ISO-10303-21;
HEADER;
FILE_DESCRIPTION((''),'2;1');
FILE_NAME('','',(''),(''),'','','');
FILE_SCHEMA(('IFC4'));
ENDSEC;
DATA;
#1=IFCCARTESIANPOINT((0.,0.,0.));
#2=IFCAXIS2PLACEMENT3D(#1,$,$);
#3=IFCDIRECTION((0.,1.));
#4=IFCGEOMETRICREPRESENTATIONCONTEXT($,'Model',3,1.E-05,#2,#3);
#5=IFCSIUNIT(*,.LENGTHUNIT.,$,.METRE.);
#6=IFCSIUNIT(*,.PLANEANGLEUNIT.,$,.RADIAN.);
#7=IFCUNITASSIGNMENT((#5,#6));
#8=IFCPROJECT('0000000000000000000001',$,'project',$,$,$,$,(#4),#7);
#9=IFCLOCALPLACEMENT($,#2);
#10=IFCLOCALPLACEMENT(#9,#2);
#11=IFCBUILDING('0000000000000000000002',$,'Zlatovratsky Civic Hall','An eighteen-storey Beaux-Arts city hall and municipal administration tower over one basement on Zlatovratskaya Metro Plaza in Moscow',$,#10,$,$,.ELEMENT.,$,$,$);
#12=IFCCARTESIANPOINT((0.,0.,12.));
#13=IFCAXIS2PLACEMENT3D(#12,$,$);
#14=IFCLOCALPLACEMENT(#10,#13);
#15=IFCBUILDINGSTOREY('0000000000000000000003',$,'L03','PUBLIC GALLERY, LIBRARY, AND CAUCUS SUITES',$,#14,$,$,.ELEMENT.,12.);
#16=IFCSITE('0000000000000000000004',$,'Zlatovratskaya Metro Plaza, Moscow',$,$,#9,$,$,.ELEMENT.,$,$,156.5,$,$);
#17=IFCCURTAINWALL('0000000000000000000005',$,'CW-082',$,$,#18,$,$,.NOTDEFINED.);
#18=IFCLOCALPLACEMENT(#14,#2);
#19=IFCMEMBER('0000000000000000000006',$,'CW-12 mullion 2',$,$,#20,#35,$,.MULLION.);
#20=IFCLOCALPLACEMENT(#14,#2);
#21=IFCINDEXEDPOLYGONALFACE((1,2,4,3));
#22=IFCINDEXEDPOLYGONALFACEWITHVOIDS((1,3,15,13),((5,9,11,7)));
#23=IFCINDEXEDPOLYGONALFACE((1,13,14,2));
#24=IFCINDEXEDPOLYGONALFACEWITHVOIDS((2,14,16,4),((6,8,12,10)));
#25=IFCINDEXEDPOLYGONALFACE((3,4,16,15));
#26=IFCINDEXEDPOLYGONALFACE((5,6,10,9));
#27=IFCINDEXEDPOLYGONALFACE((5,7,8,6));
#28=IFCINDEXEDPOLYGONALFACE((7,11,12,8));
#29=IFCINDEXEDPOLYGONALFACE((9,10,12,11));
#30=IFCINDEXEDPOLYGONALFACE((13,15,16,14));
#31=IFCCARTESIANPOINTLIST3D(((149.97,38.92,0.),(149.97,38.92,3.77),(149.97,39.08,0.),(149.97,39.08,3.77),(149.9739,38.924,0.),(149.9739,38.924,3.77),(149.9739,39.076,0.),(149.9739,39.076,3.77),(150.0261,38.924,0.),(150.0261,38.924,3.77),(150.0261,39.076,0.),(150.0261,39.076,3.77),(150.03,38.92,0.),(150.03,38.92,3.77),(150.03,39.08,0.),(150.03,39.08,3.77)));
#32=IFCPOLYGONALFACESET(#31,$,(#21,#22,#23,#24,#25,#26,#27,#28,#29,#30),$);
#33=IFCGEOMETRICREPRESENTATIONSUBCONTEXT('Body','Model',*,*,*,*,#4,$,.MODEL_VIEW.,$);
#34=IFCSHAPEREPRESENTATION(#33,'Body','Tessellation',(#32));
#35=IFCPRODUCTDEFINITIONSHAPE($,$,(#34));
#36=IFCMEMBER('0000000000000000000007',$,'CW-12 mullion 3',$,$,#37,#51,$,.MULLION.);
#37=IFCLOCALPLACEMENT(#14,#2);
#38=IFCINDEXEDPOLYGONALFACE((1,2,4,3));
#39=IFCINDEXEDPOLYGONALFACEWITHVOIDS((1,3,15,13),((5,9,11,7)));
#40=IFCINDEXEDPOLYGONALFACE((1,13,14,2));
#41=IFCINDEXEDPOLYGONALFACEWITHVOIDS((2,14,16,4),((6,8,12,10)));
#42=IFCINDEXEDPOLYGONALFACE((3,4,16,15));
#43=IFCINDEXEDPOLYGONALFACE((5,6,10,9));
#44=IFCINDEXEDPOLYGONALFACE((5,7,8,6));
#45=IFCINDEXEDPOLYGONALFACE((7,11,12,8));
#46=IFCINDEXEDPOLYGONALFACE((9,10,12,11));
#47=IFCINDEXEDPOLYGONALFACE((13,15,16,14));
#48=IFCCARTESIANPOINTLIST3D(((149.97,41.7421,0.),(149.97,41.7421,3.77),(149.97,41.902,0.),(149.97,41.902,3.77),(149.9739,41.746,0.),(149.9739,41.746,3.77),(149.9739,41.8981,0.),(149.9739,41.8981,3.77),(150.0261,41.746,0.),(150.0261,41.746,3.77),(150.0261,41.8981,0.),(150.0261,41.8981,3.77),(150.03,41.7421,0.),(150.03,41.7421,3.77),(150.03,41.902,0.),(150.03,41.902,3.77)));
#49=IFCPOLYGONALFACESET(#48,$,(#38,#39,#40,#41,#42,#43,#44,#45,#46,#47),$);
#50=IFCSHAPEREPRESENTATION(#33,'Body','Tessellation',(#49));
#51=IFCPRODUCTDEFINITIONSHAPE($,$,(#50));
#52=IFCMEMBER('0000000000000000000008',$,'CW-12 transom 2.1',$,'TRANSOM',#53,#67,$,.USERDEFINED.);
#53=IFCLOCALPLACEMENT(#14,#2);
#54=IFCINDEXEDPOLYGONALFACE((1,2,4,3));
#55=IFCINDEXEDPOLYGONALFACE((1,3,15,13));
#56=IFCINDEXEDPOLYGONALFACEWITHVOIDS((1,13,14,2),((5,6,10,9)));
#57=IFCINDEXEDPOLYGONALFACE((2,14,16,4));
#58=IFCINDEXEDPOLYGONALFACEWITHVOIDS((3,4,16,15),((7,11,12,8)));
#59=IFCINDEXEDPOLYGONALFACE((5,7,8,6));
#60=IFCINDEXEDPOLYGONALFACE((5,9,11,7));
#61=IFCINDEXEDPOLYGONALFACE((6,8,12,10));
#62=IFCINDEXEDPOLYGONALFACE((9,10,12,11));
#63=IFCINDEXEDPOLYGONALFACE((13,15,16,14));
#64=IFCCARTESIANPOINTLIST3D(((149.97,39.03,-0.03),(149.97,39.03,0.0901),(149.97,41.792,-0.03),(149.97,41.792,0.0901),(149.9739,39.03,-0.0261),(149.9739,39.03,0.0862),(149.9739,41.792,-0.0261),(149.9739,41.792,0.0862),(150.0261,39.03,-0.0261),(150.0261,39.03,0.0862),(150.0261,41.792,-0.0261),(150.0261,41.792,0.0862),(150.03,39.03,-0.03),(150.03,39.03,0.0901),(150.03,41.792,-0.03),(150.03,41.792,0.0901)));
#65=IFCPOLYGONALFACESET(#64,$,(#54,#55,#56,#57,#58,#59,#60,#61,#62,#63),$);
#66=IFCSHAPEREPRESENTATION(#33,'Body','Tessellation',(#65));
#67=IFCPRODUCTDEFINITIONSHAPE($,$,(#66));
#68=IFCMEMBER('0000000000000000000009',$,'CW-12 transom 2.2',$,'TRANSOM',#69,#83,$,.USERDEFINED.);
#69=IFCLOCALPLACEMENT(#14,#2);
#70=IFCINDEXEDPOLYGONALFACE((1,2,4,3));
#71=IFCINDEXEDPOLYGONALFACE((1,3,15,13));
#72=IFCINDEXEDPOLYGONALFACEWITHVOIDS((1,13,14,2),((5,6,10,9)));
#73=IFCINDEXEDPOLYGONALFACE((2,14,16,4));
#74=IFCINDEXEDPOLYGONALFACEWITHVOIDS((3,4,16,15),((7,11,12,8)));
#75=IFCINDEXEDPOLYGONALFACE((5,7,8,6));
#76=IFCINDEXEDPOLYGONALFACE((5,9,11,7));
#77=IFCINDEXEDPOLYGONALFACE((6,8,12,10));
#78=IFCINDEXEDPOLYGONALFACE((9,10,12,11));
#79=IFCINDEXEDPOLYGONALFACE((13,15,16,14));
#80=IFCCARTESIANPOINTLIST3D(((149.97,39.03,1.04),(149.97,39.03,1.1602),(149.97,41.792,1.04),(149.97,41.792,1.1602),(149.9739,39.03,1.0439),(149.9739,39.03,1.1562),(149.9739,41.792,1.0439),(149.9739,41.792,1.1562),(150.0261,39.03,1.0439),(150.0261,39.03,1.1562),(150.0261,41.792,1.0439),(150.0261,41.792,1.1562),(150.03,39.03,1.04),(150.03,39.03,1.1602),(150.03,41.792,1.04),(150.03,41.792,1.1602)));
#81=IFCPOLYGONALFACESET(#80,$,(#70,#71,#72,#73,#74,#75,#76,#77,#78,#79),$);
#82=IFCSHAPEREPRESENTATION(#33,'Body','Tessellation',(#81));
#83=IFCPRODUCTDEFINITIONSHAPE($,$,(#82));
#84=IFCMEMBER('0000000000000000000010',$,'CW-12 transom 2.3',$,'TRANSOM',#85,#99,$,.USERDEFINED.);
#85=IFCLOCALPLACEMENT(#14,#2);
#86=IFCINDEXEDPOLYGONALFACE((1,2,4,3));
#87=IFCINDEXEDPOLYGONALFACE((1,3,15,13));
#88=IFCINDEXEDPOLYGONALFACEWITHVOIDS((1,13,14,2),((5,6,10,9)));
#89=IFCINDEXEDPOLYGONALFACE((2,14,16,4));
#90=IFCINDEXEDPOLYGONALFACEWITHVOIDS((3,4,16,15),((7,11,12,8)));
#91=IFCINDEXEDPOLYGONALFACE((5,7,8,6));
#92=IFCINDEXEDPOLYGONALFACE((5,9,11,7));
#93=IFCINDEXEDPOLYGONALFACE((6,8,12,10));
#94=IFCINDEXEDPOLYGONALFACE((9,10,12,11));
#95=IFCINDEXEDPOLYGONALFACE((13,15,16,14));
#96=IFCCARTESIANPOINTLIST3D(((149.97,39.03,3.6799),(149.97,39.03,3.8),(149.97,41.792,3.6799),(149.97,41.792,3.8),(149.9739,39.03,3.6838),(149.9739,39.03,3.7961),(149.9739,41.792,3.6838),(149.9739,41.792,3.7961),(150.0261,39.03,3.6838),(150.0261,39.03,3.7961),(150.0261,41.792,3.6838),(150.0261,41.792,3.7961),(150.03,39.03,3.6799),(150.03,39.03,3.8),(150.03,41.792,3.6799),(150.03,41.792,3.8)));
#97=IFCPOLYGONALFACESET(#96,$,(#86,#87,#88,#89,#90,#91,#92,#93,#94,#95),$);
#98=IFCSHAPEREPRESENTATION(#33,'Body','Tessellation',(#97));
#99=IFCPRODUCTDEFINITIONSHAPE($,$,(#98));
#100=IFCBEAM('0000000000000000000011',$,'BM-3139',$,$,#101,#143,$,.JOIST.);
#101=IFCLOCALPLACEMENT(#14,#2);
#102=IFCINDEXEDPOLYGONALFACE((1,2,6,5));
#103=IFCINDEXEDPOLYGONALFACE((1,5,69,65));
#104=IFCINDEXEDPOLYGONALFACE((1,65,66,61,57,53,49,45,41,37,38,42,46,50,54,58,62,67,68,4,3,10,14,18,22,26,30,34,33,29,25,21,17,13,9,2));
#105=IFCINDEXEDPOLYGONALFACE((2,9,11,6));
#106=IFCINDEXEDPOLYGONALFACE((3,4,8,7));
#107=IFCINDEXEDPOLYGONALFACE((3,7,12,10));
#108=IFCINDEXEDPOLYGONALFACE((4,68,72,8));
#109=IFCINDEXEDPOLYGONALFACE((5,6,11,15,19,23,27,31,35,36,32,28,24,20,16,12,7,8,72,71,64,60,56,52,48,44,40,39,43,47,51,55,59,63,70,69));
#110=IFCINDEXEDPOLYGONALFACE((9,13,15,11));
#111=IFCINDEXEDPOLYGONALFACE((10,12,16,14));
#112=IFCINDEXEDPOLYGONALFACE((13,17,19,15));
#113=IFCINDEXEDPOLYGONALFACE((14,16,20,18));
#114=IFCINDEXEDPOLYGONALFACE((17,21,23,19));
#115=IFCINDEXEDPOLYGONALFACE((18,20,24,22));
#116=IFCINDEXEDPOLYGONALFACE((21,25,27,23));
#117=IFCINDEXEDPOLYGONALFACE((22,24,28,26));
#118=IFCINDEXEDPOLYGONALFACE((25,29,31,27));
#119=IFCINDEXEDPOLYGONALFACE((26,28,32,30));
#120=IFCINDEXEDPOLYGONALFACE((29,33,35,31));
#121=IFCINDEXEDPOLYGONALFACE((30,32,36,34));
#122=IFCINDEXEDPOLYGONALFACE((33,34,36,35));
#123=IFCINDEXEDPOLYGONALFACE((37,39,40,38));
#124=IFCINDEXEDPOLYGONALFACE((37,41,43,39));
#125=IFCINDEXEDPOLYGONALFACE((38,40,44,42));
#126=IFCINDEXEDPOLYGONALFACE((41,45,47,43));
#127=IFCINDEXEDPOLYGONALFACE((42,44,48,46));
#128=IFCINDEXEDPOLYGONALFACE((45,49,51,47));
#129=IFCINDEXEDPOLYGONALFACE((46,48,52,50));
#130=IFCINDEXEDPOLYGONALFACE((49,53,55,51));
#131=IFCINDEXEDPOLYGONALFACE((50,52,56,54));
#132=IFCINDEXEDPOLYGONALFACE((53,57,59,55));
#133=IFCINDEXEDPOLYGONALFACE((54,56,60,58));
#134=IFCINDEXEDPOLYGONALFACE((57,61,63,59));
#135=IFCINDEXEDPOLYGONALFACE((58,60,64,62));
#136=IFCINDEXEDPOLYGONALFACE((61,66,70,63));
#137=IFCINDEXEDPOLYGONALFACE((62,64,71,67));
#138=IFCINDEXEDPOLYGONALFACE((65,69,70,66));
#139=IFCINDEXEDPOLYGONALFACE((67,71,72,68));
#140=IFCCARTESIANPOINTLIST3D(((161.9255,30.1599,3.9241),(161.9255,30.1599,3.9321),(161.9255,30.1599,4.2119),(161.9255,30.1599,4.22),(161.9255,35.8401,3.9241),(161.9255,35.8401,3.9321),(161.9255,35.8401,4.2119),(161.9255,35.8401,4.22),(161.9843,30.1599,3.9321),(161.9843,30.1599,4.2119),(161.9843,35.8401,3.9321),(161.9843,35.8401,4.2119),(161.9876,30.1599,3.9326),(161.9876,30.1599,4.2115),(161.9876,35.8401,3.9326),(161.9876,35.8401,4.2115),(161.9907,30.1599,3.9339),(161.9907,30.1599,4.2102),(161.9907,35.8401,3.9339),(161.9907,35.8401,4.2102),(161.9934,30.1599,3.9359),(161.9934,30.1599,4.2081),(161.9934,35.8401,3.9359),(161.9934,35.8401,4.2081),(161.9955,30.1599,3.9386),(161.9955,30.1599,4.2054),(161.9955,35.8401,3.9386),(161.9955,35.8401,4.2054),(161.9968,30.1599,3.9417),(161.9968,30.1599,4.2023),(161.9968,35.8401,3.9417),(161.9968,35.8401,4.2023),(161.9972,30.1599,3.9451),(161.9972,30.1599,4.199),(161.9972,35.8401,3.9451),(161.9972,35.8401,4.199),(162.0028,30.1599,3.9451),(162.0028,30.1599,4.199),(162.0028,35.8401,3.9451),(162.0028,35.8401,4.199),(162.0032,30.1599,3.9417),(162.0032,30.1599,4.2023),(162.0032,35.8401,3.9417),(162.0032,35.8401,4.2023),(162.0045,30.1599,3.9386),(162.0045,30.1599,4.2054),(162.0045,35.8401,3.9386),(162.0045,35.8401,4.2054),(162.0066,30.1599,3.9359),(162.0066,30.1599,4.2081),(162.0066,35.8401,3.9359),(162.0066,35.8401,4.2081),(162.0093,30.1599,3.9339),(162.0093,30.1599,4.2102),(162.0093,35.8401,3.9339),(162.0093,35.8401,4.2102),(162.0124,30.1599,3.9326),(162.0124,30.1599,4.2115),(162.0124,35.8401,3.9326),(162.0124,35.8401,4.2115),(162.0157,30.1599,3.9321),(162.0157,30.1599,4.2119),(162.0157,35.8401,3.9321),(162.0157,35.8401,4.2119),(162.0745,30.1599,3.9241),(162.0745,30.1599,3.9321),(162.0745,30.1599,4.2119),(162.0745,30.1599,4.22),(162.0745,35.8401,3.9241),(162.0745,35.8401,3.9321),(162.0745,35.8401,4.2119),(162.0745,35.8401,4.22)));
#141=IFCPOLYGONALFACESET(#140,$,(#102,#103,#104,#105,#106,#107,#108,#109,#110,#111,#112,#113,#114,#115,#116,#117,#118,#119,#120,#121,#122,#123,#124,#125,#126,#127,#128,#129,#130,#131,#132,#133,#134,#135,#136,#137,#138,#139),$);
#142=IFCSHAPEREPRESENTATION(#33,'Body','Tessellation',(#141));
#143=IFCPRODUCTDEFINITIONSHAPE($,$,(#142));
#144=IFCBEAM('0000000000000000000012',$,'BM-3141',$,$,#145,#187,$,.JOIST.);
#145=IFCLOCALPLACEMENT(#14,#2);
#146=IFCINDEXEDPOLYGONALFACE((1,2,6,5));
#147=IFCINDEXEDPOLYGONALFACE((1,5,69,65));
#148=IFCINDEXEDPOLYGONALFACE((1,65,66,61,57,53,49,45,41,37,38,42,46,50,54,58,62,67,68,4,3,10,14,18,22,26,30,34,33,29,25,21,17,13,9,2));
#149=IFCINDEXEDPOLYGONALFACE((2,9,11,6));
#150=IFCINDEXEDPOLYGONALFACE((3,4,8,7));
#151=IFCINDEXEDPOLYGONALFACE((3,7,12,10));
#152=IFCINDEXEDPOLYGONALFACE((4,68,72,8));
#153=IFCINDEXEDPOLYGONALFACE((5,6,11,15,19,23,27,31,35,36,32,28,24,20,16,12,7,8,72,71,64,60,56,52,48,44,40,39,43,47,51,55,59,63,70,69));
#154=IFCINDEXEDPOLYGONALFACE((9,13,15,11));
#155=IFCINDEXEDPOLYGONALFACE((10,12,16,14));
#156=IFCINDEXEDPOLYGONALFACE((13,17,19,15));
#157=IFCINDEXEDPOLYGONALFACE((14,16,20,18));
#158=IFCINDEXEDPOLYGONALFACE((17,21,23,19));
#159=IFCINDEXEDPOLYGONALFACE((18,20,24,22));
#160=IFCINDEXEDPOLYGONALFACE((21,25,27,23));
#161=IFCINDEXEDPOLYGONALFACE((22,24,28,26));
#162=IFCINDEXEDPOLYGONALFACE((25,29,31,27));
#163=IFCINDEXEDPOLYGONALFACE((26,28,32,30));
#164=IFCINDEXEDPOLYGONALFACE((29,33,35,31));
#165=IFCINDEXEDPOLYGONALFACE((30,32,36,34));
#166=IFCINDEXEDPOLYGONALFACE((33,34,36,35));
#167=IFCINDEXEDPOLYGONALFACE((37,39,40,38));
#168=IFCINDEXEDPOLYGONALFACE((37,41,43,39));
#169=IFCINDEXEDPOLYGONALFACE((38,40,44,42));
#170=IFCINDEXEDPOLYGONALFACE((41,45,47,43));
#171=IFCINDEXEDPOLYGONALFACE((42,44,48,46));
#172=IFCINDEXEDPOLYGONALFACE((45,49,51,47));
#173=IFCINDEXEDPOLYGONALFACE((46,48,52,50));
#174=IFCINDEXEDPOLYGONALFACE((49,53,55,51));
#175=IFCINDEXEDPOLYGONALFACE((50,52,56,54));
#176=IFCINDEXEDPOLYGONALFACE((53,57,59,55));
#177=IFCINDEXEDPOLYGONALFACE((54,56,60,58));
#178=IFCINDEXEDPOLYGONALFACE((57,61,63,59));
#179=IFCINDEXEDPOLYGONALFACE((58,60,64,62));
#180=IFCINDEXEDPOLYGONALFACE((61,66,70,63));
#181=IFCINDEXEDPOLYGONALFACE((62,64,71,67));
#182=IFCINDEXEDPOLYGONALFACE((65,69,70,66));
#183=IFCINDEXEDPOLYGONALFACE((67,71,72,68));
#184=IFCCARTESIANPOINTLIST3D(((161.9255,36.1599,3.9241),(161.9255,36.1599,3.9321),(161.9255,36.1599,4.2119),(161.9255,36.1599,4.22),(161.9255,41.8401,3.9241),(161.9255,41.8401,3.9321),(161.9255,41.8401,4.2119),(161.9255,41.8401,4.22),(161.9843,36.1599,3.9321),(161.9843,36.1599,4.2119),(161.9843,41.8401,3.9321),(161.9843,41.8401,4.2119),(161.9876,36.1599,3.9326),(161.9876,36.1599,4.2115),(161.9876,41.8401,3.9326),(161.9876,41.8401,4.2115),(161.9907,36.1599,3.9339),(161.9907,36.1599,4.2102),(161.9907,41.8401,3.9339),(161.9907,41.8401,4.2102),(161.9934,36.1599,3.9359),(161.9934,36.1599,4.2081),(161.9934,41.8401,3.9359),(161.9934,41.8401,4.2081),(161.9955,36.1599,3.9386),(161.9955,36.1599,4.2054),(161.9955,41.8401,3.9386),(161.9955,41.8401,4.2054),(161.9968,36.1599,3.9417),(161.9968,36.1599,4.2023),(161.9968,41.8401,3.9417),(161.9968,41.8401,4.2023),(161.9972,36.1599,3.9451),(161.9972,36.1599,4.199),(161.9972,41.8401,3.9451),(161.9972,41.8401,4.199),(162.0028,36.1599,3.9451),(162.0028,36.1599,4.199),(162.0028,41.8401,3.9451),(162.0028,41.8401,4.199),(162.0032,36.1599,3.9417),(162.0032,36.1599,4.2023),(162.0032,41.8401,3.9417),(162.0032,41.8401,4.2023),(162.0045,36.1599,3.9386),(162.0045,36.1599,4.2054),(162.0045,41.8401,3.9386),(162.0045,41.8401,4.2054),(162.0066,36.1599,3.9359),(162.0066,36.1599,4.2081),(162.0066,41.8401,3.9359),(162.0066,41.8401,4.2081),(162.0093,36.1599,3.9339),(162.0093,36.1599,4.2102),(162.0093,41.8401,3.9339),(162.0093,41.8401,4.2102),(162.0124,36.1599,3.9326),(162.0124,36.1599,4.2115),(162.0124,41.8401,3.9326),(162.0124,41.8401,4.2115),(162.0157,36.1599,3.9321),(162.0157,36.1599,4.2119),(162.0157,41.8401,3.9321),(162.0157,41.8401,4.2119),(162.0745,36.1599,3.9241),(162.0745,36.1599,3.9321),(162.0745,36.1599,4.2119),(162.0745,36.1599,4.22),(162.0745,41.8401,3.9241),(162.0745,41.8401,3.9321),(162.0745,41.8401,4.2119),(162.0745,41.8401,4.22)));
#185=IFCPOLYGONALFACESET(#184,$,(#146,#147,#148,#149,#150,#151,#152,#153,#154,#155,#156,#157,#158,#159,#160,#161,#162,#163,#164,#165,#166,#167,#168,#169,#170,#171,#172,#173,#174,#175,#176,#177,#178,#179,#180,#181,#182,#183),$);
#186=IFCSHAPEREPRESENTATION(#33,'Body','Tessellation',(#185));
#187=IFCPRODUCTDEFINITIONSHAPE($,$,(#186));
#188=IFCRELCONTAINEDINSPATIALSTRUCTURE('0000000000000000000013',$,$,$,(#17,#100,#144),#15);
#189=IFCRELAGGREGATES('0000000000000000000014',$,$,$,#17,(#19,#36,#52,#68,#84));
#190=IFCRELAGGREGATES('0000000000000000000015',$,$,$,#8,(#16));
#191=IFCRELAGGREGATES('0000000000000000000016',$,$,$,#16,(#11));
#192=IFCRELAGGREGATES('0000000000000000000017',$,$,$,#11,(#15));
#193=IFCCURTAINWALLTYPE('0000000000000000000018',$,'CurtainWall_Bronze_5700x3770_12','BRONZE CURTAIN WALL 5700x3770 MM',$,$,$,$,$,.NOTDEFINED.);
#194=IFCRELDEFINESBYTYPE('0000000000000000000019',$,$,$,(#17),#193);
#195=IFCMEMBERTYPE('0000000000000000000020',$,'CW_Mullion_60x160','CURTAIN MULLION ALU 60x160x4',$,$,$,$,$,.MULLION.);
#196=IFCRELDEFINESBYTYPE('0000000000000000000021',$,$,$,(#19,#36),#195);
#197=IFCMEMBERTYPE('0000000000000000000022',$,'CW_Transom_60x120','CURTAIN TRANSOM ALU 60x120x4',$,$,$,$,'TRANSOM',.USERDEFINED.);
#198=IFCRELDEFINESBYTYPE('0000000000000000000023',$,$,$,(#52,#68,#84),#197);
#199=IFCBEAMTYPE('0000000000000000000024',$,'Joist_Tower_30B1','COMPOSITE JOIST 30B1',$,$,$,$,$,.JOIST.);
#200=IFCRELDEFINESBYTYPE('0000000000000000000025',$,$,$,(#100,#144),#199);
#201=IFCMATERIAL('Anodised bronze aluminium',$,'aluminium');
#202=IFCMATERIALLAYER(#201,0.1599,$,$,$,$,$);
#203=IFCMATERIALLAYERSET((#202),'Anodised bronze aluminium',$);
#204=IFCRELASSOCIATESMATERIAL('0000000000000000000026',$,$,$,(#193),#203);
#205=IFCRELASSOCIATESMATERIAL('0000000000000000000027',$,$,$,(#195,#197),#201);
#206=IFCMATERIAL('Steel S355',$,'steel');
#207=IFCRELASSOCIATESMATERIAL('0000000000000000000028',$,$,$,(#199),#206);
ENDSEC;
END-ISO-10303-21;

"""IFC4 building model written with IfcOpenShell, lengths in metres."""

from ifc_helpers import new_model, si_unit, direction, frame, origin, origin_2d, place, context, subcontext, project, spatial, hollow_rectangle, i_section, extrude, material, layer, layer_set, material_profile, profile_set, type_object, element, aggregate, save


model = new_model("IFC4")

# Units and contexts
model_context = context("Model", 3, precision=1e-05, world=origin(), true_north=direction((0.0, 1.0)))
body_context = subcontext(model_context, "Body", "Model", "MODEL_VIEW")
ifc_project = project(units=[si_unit("LENGTHUNIT", "METRE"), si_unit("PLANEANGLEUNIT", "RADIAN")], contexts=[model_context])

# Site, building, storey
site_placement = place(None, origin())
site = spatial("IfcSite", under=ifc_project, at=site_placement, Name="Zlatovratskaya Metro Plaza, Moscow", CompositionType="ELEMENT", RefElevation=156.5)
building_placement = place(site_placement, origin())
building = spatial("IfcBuilding", under=site, at=building_placement, Name="Zlatovratsky Civic Hall", Description="An eighteen-storey Beaux-Arts city hall and municipal administration tower over one basement on Zlatovratskaya Metro Plaza in Moscow", CompositionType="ELEMENT")
storey_placement = place(building_placement, frame((0.0, 0.0, 12.0)))
storey = spatial("IfcBuildingStorey", under=building, at=storey_placement, Name="L03", Description="PUBLIC GALLERY, LIBRARY, AND CAUCUS SUITES", CompositionType="ELEMENT", Elevation=12.0)

# Shared definitions
ifc_material_1 = material(Name="Steel S355", Category="steel")

# Curtain wall, members
ifc_material_2 = material(Name="Anodised bronze aluminium", Category="aluminium")
ifc_layer_1 = layer(ifc_material_2, 0.1599)
ifc_layer_set_1 = layer_set([ifc_layer_1], Name="Anodised bronze aluminium")
curtain_wall_type = type_object("IfcCurtainWallType", Name="CurtainWall_Bronze_5700x3770_12", Description="BRONZE CURTAIN WALL 5700x3770 MM", PredefinedType="NOTDEFINED", material=ifc_layer_set_1)
curtain_wall_placement = place(storey_placement, origin())
curtain_wall = element("IfcCurtainWall", 1, at=curtain_wall_placement, inside=storey, type_object=curtain_wall_type, Name="CW-082", PredefinedType="NOTDEFINED")
ifc_material_profile_1 = material_profile(ifc_material_2, hollow_rectangle(XDim=0.0601, YDim=0.1599, WallThickness=0.0039, at=origin_2d()), Name="ALU 60x160x4")
ifc_profile_set_1 = profile_set([ifc_material_profile_1], Name="Anodised bronze aluminium")
member_type_1 = type_object("IfcMemberType", Name="CW_Mullion_60x160", Description="CURTAIN MULLION ALU 60x160x4", PredefinedType="MULLION", material=ifc_profile_set_1)
member_1_placement = place(storey_placement, frame((150.0, 39.0, 0.0), z_axis=(0.0, 0.0, 1.0), x_axis=(-1.0, 0.0, 0.0)))
member_1 = element("IfcMember", 2, at=member_1_placement, type_object=member_type_1, Name="CW-12 mullion 2", PredefinedType="MULLION", context=body_context, shape_type="SweptSolid", body=[
    extrude(hollow_rectangle(XDim=0.0601, YDim=0.1599, WallThickness=0.0039, at=origin_2d()), origin(), (0.0, 0.0, 1.0), 3.77),
])
member_2_placement = place(storey_placement, frame((150.0, 41.822, 0.0), z_axis=(0.0, 0.0, 1.0), x_axis=(-1.0, 0.0, 0.0)))
member_2 = element("IfcMember", 3, at=member_2_placement, type_object=member_type_1, Name="CW-12 mullion 3", PredefinedType="MULLION", context=body_context, shape_type="SweptSolid", body=[
    extrude(hollow_rectangle(XDim=0.0601, YDim=0.1599, WallThickness=0.0039, at=origin_2d()), origin(), (0.0, 0.0, 1.0), 3.77),
])
ifc_material_profile_2 = material_profile(ifc_material_2, hollow_rectangle(XDim=0.0601, YDim=0.1201, WallThickness=0.0039, at=origin_2d()), Name="ALU 60x120x4")
ifc_profile_set_2 = profile_set([ifc_material_profile_2], Name="Anodised bronze aluminium")
member_type_2 = type_object("IfcMemberType", Name="CW_Transom_60x120", Description="CURTAIN TRANSOM ALU 60x120x4", ElementType="TRANSOM", PredefinedType="USERDEFINED", material=ifc_profile_set_2)
member_3_placement = place(storey_placement, frame((150.0, 39.03, 0.03), z_axis=(0.0, 1.0, 0.0), x_axis=(-1.0, 0.0, 0.0)))
member_3 = element("IfcMember", 4, at=member_3_placement, type_object=member_type_2, Name="CW-12 transom 2.1", ObjectType="TRANSOM", PredefinedType="USERDEFINED", context=body_context, shape_type="SweptSolid", body=[
    extrude(hollow_rectangle(XDim=0.0601, YDim=0.1201, WallThickness=0.0039, at=origin_2d()), origin(), (0.0, 0.0, 1.0), 2.762),
])
member_4_placement = place(storey_placement, frame((150.0, 39.03, 1.1001), z_axis=(0.0, 1.0, 0.0), x_axis=(-1.0, 0.0, 0.0)))
member_4 = element("IfcMember", 5, at=member_4_placement, type_object=member_type_2, Name="CW-12 transom 2.2", ObjectType="TRANSOM", PredefinedType="USERDEFINED", context=body_context, shape_type="SweptSolid", body=[
    extrude(hollow_rectangle(XDim=0.0601, YDim=0.1201, WallThickness=0.0039, at=origin_2d()), origin(), (0.0, 0.0, 1.0), 2.762),
])
member_5_placement = place(storey_placement, frame((150.0, 39.03, 3.74), z_axis=(0.0, 1.0, 0.0), x_axis=(-1.0, 0.0, 0.0)))
member_5 = element("IfcMember", 6, at=member_5_placement, type_object=member_type_2, Name="CW-12 transom 2.3", ObjectType="TRANSOM", PredefinedType="USERDEFINED", context=body_context, shape_type="SweptSolid", body=[
    extrude(hollow_rectangle(XDim=0.0601, YDim=0.1201, WallThickness=0.0039, at=origin_2d()), origin(), (0.0, 0.0, 1.0), 2.762),
])

# Beams
ifc_material_profile_3 = material_profile(ifc_material_1, i_section(OverallWidth=0.1489, OverallDepth=0.2959, WebThickness=0.0056, FlangeThickness=0.0081, FilletRadius=0.0129, at=origin_2d()), Name="30B1")
ifc_profile_set_3 = profile_set([ifc_material_profile_3], Name="Steel S355")
beam_type_1 = type_object("IfcBeamType", Name="Joist_Tower_30B1", Description="COMPOSITE JOIST 30B1", PredefinedType="JOIST", material=ifc_profile_set_3)
for number, where, z_axis, x_axis, name in (
    (7, (162.0, 30.1599, 4.072), (0.0, 1.0, 0.0), (-1.0, 0.0, 0.0), "BM-3139"),
    (8, (162.0, 36.1599, 4.072), (0.0, 1.0, 0.0), (-1.0, 0.0, 0.0), "BM-3141"),
):
    element("IfcBeam", number, at=place(storey_placement, frame(where, z_axis=z_axis, x_axis=x_axis)), inside=storey, type_object=beam_type_1, Name=name, PredefinedType="JOIST", context=body_context, shape_type="SweptSolid", body=[
        extrude(i_section(OverallWidth=0.1489, OverallDepth=0.2959, WebThickness=0.0056, FlangeThickness=0.0081, FilletRadius=0.0129, at=origin_2d()), origin(), (0.0, 0.0, 1.0), 5.6802),
    ])

aggregate(curtain_wall, [member_1, member_2, member_3, member_4, member_5])

save(model, "model.ifc")
